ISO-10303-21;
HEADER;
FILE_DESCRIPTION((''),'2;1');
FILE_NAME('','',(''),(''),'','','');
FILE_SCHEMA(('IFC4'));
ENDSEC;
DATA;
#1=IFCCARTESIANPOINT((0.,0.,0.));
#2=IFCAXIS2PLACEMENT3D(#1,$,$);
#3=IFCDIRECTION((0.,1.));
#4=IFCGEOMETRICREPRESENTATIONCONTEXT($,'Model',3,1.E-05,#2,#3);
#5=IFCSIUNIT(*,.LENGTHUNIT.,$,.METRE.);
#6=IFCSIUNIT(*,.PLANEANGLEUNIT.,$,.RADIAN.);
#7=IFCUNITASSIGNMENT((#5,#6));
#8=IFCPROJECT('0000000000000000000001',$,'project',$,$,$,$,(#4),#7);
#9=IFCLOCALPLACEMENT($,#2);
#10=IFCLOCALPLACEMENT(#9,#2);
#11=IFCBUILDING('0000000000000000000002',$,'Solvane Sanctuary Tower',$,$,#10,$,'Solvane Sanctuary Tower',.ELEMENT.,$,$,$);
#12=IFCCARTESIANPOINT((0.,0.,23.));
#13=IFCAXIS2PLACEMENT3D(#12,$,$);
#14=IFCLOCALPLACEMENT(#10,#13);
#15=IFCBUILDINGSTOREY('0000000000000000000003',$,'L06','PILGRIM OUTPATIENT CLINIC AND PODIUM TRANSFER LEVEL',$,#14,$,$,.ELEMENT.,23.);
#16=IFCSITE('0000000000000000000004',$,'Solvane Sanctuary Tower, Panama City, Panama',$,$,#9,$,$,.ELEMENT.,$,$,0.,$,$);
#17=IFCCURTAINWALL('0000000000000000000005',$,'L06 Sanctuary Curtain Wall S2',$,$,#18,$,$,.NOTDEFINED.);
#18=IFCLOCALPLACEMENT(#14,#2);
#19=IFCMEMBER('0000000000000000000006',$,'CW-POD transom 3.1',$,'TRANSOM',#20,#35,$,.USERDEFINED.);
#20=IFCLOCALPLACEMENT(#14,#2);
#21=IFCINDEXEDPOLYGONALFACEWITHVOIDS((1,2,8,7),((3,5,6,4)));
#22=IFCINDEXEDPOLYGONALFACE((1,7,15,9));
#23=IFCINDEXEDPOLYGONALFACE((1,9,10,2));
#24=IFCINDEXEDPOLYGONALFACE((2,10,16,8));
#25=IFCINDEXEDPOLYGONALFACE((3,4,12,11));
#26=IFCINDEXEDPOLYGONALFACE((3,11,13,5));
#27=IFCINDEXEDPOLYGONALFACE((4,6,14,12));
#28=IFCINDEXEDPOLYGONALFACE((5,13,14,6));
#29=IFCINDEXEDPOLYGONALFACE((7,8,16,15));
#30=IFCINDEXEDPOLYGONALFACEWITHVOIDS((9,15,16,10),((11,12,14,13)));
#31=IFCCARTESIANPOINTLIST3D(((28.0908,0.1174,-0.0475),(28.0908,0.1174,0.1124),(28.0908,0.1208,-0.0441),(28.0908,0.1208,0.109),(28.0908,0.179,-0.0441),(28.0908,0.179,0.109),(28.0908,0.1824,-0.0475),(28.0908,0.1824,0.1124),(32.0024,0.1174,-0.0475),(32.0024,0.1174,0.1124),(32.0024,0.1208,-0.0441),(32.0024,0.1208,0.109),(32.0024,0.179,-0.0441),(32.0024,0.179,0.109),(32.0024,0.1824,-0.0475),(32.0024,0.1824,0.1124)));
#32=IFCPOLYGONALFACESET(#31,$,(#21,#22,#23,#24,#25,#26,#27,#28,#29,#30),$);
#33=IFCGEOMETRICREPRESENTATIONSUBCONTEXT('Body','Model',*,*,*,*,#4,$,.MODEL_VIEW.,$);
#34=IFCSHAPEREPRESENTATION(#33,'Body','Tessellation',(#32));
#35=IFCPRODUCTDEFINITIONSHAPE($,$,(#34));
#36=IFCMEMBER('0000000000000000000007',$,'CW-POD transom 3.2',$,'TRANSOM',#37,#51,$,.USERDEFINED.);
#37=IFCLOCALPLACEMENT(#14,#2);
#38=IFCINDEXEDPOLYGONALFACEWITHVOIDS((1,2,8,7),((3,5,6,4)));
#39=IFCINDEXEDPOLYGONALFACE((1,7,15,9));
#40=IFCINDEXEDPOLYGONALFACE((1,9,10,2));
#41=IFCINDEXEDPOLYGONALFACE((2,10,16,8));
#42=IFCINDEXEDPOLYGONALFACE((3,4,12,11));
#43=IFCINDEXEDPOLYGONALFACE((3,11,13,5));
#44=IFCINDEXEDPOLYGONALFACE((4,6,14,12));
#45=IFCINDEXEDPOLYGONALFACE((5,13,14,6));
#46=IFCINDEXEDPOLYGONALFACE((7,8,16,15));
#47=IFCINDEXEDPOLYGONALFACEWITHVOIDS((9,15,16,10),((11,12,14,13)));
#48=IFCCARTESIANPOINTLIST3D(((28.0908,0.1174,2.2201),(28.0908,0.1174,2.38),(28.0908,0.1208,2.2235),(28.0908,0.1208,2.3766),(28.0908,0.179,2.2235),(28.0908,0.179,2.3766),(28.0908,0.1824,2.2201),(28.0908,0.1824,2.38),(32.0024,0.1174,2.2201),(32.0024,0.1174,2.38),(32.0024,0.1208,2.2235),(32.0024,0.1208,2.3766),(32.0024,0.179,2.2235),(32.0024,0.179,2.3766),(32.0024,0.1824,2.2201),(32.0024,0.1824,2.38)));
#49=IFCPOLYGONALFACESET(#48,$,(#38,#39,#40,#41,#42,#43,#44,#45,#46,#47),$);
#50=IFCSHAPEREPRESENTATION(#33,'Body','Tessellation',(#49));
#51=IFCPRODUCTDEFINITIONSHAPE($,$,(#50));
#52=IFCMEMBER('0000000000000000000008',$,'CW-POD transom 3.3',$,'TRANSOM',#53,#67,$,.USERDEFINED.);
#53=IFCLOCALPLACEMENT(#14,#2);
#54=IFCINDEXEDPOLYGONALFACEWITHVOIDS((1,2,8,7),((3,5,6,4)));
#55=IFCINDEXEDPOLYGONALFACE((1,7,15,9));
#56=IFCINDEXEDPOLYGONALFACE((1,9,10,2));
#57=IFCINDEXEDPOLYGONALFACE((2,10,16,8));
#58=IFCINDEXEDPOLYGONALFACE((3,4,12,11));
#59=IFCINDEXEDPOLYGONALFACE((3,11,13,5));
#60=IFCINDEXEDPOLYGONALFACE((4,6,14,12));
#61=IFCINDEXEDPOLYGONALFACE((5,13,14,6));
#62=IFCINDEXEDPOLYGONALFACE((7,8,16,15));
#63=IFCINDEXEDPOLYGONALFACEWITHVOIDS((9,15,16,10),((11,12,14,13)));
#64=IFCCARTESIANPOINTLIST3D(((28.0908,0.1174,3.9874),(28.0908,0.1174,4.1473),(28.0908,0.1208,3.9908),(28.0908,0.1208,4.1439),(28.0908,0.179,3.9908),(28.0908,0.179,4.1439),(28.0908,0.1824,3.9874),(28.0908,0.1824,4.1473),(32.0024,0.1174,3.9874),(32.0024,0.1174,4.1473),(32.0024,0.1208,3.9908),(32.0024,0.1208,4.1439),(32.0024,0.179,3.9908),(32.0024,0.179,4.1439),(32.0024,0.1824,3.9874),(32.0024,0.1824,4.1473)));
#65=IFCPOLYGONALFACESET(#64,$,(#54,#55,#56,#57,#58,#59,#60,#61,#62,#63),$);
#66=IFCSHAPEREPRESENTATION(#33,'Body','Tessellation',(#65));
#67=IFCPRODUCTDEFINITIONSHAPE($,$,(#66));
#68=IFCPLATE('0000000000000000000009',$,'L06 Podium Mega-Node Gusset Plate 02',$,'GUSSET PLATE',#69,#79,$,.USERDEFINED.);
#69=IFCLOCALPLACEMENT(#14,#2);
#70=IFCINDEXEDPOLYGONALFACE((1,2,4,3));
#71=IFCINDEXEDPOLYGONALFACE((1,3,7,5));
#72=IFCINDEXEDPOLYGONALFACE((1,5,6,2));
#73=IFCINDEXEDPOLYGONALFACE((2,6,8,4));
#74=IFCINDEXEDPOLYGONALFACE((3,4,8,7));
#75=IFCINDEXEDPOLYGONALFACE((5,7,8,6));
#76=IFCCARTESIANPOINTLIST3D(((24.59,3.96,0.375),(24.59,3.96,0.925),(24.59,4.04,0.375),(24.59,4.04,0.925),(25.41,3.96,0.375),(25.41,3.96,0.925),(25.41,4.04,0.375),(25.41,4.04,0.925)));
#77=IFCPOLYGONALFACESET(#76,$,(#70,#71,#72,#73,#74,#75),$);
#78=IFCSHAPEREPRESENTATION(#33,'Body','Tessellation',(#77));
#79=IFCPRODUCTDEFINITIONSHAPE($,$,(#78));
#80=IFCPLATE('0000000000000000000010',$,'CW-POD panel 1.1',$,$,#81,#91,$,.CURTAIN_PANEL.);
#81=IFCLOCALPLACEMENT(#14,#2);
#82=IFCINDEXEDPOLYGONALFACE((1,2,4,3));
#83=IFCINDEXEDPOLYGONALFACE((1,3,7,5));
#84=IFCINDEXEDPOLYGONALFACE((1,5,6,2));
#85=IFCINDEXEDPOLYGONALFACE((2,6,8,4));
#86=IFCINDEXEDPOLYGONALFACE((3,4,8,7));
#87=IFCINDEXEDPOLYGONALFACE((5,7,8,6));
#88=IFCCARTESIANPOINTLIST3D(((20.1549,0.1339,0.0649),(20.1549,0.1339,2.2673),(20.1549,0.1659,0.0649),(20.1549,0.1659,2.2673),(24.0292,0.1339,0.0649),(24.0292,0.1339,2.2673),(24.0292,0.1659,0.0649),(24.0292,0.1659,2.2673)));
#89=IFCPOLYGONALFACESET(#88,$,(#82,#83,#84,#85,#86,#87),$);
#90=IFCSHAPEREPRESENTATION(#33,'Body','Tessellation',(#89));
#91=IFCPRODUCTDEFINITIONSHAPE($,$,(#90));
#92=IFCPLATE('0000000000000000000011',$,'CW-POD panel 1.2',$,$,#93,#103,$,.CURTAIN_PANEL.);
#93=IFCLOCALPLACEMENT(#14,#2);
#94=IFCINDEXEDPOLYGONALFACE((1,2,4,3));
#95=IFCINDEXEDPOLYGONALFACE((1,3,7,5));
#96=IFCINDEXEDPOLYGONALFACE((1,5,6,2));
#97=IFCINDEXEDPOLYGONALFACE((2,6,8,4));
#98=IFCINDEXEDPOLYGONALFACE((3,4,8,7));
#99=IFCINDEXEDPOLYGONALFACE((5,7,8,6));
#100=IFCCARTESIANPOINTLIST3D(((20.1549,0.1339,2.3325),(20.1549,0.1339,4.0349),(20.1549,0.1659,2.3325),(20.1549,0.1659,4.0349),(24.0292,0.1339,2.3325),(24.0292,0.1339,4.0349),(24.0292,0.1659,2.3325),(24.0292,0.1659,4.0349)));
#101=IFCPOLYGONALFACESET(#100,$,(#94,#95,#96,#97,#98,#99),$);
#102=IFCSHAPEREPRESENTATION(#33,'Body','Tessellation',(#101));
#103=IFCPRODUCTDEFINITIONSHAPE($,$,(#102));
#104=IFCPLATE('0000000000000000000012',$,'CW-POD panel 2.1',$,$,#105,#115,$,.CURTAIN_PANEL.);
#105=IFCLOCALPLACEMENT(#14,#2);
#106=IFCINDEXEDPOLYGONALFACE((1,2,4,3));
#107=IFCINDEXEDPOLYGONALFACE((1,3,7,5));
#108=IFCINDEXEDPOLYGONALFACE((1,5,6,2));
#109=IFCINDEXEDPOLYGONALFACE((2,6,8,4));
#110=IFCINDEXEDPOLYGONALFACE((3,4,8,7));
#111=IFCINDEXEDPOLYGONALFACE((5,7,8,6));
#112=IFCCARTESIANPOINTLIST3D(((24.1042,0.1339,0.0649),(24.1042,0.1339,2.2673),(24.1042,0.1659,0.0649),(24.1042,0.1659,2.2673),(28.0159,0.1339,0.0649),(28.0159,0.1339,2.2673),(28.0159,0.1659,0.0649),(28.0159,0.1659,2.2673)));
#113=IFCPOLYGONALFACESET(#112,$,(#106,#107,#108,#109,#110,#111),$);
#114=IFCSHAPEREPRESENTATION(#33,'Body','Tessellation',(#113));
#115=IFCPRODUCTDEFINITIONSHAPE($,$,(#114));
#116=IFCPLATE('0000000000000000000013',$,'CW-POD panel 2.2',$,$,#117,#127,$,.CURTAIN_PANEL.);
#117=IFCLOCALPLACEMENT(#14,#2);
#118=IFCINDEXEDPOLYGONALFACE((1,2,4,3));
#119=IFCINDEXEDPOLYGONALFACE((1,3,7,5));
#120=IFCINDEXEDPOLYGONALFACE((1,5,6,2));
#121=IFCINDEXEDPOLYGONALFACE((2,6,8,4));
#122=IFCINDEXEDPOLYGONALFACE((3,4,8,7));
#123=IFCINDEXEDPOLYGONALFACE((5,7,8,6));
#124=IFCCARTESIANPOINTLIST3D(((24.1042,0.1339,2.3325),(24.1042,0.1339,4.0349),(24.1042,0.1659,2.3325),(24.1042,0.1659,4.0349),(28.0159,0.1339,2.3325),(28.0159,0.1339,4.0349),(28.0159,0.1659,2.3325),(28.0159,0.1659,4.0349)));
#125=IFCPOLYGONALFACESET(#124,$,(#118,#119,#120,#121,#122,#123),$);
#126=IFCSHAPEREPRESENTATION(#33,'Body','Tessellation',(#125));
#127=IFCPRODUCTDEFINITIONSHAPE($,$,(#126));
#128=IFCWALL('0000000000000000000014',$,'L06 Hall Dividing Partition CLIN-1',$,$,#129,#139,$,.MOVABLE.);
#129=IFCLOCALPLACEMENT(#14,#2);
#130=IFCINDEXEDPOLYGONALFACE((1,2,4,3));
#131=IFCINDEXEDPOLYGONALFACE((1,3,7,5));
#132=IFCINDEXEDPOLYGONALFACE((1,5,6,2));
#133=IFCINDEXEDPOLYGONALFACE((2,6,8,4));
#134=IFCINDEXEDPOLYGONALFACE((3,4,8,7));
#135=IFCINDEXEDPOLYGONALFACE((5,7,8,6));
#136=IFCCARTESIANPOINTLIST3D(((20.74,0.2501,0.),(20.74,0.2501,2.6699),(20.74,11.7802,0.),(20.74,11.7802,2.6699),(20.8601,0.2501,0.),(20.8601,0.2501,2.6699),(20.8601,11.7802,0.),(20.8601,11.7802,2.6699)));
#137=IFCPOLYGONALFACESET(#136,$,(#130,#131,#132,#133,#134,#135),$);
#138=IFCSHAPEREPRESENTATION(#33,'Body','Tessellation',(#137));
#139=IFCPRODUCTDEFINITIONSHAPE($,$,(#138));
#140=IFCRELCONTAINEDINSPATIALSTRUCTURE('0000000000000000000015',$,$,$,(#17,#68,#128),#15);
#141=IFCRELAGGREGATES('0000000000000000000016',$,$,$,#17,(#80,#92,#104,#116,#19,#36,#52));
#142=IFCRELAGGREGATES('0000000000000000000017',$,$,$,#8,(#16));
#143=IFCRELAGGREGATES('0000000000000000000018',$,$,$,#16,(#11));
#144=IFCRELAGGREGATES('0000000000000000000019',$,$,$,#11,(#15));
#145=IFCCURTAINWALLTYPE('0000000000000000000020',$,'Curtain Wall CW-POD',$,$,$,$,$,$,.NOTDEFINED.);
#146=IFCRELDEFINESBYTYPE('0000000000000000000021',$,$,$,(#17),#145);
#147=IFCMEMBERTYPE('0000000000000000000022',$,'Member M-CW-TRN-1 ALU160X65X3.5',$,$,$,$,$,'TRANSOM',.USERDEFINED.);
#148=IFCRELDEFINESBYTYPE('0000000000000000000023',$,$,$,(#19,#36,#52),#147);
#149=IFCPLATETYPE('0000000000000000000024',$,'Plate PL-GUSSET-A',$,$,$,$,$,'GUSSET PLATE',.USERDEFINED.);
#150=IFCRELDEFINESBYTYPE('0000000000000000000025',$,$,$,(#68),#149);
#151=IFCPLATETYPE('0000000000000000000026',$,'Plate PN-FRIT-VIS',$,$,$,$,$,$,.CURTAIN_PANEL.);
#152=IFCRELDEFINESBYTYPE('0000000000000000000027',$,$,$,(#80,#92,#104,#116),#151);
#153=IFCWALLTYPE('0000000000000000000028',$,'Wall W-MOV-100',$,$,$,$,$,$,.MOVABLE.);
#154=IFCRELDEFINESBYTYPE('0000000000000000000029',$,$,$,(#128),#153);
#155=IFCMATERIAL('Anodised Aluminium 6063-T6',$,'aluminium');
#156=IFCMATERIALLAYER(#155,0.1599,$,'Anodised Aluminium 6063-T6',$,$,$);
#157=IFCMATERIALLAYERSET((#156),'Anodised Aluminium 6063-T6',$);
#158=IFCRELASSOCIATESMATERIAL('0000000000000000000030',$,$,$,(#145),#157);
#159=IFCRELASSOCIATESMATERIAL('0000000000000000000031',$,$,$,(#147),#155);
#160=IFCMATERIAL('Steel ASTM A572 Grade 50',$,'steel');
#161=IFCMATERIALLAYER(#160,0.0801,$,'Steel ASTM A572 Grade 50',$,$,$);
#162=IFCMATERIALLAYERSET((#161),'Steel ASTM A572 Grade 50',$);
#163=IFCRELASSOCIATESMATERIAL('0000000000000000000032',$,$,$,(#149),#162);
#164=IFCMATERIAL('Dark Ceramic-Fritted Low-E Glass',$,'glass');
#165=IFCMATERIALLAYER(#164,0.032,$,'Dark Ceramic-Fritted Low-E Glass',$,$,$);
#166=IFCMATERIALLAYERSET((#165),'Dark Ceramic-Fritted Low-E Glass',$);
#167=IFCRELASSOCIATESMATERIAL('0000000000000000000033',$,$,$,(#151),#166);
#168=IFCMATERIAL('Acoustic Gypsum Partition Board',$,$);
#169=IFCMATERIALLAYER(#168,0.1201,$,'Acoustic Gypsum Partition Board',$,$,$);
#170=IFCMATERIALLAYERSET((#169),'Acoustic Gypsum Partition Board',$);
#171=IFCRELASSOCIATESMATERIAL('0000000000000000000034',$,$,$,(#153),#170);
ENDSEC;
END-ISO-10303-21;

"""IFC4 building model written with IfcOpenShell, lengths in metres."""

from ifc_helpers import new_model, si_unit, direction, frame, frame_2d, origin, origin_2d, place, context, subcontext, project, spatial, rectangle, hollow_rectangle, extrude, material, layer, layer_set, material_profile, profile_set, type_object, element, aggregate, save


model = new_model("IFC4")

# Units and contexts
model_context = context("Model", 3, precision=1e-05, world=origin(), true_north=direction((0.0, 1.0)))
body_context = subcontext(model_context, "Body", "Model", "MODEL_VIEW")
ifc_project = project(units=[si_unit("LENGTHUNIT", "METRE"), si_unit("PLANEANGLEUNIT", "RADIAN")], contexts=[model_context])

# Site, building, storey
site_placement = place(None, origin())
site = spatial("IfcSite", under=ifc_project, at=site_placement, Name="Solvane Sanctuary Tower, Panama City, Panama", CompositionType="ELEMENT", RefElevation=0.0)
building_placement = place(site_placement, origin())
building = spatial("IfcBuilding", under=site, at=building_placement, Name="Solvane Sanctuary Tower", LongName="Solvane Sanctuary Tower", CompositionType="ELEMENT")
storey_placement = place(building_placement, frame((0.0, 0.0, 23.0)))
storey = spatial("IfcBuildingStorey", under=building, at=storey_placement, Name="L06", Description="PILGRIM OUTPATIENT CLINIC AND PODIUM TRANSFER LEVEL", CompositionType="ELEMENT", Elevation=23.0)

# Curtain wall, members
ifc_material_1 = material(Name="Anodised Aluminium 6063-T6", Category="aluminium")
ifc_layer_1 = layer(ifc_material_1, 0.1599, Name="Anodised Aluminium 6063-T6")
ifc_layer_set_1 = layer_set([ifc_layer_1], Name="Anodised Aluminium 6063-T6")
curtain_wall_type = type_object("IfcCurtainWallType", Name="Curtain Wall CW-POD", PredefinedType="NOTDEFINED", material=ifc_layer_set_1)
curtain_wall_placement = place(storey_placement, origin())
curtain_wall = element("IfcCurtainWall", 1, at=curtain_wall_placement, inside=storey, type_object=curtain_wall_type, Name="L06 Sanctuary Curtain Wall S2", PredefinedType="NOTDEFINED")
ifc_material_profile_1 = material_profile(ifc_material_1, hollow_rectangle(XDim=0.0649, YDim=0.1599, WallThickness=0.0034, at=origin_2d()), Name="ALU160X65X3.5")
ifc_profile_set_1 = profile_set([ifc_material_profile_1], Name="Anodised Aluminium 6063-T6")
member_type_1 = type_object("IfcMemberType", Name="Member M-CW-TRN-1 ALU160X65X3.5", ElementType="TRANSOM", PredefinedType="USERDEFINED", material=ifc_profile_set_1)
member_1_placement = place(storey_placement, frame((28.0908, 0.1499, 0.0325), z_axis=(1.0, 0.0, 0.0), x_axis=(0.0, 1.0, 0.0)))
member_1 = element("IfcMember", 2, at=member_1_placement, type_object=member_type_1, Name="CW-POD transom 3.1", ObjectType="TRANSOM", PredefinedType="USERDEFINED", context=body_context, shape_type="SweptSolid", body=[
    extrude(hollow_rectangle(XDim=0.0649, YDim=0.1599, WallThickness=0.0034, at=origin_2d()), origin(), (0.0, 0.0, 1.0), 3.9116),
])
member_2_placement = place(storey_placement, frame((28.0908, 0.1499, 2.3), z_axis=(1.0, 0.0, 0.0), x_axis=(0.0, 1.0, 0.0)))
member_2 = element("IfcMember", 3, at=member_2_placement, type_object=member_type_1, Name="CW-POD transom 3.2", ObjectType="TRANSOM", PredefinedType="USERDEFINED", context=body_context, shape_type="SweptSolid", body=[
    extrude(hollow_rectangle(XDim=0.0649, YDim=0.1599, WallThickness=0.0034, at=origin_2d()), origin(), (0.0, 0.0, 1.0), 3.9116),
])
member_3_placement = place(storey_placement, frame((28.0908, 0.1499, 4.0674), z_axis=(1.0, 0.0, 0.0), x_axis=(0.0, 1.0, 0.0)))
member_3 = element("IfcMember", 4, at=member_3_placement, type_object=member_type_1, Name="CW-POD transom 3.3", ObjectType="TRANSOM", PredefinedType="USERDEFINED", context=body_context, shape_type="SweptSolid", body=[
    extrude(hollow_rectangle(XDim=0.0649, YDim=0.1599, WallThickness=0.0034, at=origin_2d()), origin(), (0.0, 0.0, 1.0), 3.9116),
])

# Plates
ifc_material_2 = material(Name="Steel ASTM A572 Grade 50", Category="steel")
ifc_layer_2 = layer(ifc_material_2, 0.0801, Name="Steel ASTM A572 Grade 50")
ifc_layer_set_2 = layer_set([ifc_layer_2], Name="Steel ASTM A572 Grade 50")
plate_type_1 = type_object("IfcPlateType", Name="Plate PL-GUSSET-A", ElementType="GUSSET PLATE", PredefinedType="USERDEFINED", material=ifc_layer_set_2)
plate_1_placement = place(storey_placement, frame((25.0, 4.0, 0.375), z_axis=(0.0, 0.0, 1.0), x_axis=(1.0, 0.0, 0.0)))
element("IfcPlate", 5, at=plate_1_placement, inside=storey, type_object=plate_type_1, Name="L06 Podium Mega-Node Gusset Plate 02", ObjectType="GUSSET PLATE", PredefinedType="USERDEFINED", context=body_context, shape_type="SweptSolid", body=[
    extrude(rectangle(XDim=0.8201, YDim=0.0801, at=origin_2d()), origin(), (0.0, 0.0, 1.0), 0.55),
])
ifc_material_3 = material(Name="Dark Ceramic-Fritted Low-E Glass", Category="glass")
ifc_layer_3 = layer(ifc_material_3, 0.032, Name="Dark Ceramic-Fritted Low-E Glass")
ifc_layer_set_3 = layer_set([ifc_layer_3], Name="Dark Ceramic-Fritted Low-E Glass")
plate_type_2 = type_object("IfcPlateType", Name="Plate PN-FRIT-VIS", PredefinedType="CURTAIN_PANEL", material=ifc_layer_set_3)
plate_2_placement = place(storey_placement, frame((22.092, 0.1499, 0.0649), z_axis=(0.0, 0.0, 1.0), x_axis=(1.0, 0.0, 0.0)))
plate_2 = element("IfcPlate", 6, at=plate_2_placement, type_object=plate_type_2, Name="CW-POD panel 1.1", PredefinedType="CURTAIN_PANEL", context=body_context, shape_type="SweptSolid", body=[
    extrude(rectangle(XDim=3.8743, YDim=0.032, at=origin_2d()), origin(), (0.0, 0.0, 1.0), 2.2024),
])
plate_3_placement = place(storey_placement, frame((22.092, 0.1499, 2.3325), z_axis=(0.0, 0.0, 1.0), x_axis=(1.0, 0.0, 0.0)))
plate_3 = element("IfcPlate", 7, at=plate_3_placement, type_object=plate_type_2, Name="CW-POD panel 1.2", PredefinedType="CURTAIN_PANEL", context=body_context, shape_type="SweptSolid", body=[
    extrude(rectangle(XDim=3.8743, YDim=0.032, at=origin_2d()), origin(), (0.0, 0.0, 1.0), 1.7024),
])
plate_4_placement = place(storey_placement, frame((26.0601, 0.1499, 0.0649), z_axis=(0.0, 0.0, 1.0), x_axis=(1.0, 0.0, 0.0)))
plate_4 = element("IfcPlate", 8, at=plate_4_placement, type_object=plate_type_2, Name="CW-POD panel 2.1", PredefinedType="CURTAIN_PANEL", context=body_context, shape_type="SweptSolid", body=[
    extrude(rectangle(XDim=3.9116, YDim=0.032, at=origin_2d()), origin(), (0.0, 0.0, 1.0), 2.2024),
])
plate_5_placement = place(storey_placement, frame((26.0601, 0.1499, 2.3325), z_axis=(0.0, 0.0, 1.0), x_axis=(1.0, 0.0, 0.0)))
plate_5 = element("IfcPlate", 9, at=plate_5_placement, type_object=plate_type_2, Name="CW-POD panel 2.2", PredefinedType="CURTAIN_PANEL", context=body_context, shape_type="SweptSolid", body=[
    extrude(rectangle(XDim=3.9116, YDim=0.032, at=origin_2d()), origin(), (0.0, 0.0, 1.0), 1.7024),
])
aggregate(curtain_wall, [plate_2, plate_3, plate_4, plate_5, member_1, member_2, member_3])

# Wall
ifc_material_4 = material(Name="Acoustic Gypsum Partition Board")
ifc_layer_4 = layer(ifc_material_4, 0.1201, Name="Acoustic Gypsum Partition Board")
ifc_layer_set_4 = layer_set([ifc_layer_4], Name="Acoustic Gypsum Partition Board")
wall_type = type_object("IfcWallType", Name="Wall W-MOV-100", PredefinedType="MOVABLE", material=ifc_layer_set_4)
wall_placement = place(storey_placement, frame((20.8, 0.25, 0.0), z_axis=(0.0, 0.0, 1.0), x_axis=(0.0, 1.0, 0.0)))
element("IfcWall", 10, at=wall_placement, inside=storey, type_object=wall_type, Name="L06 Hall Dividing Partition CLIN-1", PredefinedType="MOVABLE", context=body_context, shape_type="SweptSolid", body=[
    extrude(rectangle(XDim=11.53, YDim=0.1201, at=frame_2d((5.7651, 0.0))), origin(), (0.0, 0.0, 1.0), 2.6699),
])

save(model, "model.ifc")
